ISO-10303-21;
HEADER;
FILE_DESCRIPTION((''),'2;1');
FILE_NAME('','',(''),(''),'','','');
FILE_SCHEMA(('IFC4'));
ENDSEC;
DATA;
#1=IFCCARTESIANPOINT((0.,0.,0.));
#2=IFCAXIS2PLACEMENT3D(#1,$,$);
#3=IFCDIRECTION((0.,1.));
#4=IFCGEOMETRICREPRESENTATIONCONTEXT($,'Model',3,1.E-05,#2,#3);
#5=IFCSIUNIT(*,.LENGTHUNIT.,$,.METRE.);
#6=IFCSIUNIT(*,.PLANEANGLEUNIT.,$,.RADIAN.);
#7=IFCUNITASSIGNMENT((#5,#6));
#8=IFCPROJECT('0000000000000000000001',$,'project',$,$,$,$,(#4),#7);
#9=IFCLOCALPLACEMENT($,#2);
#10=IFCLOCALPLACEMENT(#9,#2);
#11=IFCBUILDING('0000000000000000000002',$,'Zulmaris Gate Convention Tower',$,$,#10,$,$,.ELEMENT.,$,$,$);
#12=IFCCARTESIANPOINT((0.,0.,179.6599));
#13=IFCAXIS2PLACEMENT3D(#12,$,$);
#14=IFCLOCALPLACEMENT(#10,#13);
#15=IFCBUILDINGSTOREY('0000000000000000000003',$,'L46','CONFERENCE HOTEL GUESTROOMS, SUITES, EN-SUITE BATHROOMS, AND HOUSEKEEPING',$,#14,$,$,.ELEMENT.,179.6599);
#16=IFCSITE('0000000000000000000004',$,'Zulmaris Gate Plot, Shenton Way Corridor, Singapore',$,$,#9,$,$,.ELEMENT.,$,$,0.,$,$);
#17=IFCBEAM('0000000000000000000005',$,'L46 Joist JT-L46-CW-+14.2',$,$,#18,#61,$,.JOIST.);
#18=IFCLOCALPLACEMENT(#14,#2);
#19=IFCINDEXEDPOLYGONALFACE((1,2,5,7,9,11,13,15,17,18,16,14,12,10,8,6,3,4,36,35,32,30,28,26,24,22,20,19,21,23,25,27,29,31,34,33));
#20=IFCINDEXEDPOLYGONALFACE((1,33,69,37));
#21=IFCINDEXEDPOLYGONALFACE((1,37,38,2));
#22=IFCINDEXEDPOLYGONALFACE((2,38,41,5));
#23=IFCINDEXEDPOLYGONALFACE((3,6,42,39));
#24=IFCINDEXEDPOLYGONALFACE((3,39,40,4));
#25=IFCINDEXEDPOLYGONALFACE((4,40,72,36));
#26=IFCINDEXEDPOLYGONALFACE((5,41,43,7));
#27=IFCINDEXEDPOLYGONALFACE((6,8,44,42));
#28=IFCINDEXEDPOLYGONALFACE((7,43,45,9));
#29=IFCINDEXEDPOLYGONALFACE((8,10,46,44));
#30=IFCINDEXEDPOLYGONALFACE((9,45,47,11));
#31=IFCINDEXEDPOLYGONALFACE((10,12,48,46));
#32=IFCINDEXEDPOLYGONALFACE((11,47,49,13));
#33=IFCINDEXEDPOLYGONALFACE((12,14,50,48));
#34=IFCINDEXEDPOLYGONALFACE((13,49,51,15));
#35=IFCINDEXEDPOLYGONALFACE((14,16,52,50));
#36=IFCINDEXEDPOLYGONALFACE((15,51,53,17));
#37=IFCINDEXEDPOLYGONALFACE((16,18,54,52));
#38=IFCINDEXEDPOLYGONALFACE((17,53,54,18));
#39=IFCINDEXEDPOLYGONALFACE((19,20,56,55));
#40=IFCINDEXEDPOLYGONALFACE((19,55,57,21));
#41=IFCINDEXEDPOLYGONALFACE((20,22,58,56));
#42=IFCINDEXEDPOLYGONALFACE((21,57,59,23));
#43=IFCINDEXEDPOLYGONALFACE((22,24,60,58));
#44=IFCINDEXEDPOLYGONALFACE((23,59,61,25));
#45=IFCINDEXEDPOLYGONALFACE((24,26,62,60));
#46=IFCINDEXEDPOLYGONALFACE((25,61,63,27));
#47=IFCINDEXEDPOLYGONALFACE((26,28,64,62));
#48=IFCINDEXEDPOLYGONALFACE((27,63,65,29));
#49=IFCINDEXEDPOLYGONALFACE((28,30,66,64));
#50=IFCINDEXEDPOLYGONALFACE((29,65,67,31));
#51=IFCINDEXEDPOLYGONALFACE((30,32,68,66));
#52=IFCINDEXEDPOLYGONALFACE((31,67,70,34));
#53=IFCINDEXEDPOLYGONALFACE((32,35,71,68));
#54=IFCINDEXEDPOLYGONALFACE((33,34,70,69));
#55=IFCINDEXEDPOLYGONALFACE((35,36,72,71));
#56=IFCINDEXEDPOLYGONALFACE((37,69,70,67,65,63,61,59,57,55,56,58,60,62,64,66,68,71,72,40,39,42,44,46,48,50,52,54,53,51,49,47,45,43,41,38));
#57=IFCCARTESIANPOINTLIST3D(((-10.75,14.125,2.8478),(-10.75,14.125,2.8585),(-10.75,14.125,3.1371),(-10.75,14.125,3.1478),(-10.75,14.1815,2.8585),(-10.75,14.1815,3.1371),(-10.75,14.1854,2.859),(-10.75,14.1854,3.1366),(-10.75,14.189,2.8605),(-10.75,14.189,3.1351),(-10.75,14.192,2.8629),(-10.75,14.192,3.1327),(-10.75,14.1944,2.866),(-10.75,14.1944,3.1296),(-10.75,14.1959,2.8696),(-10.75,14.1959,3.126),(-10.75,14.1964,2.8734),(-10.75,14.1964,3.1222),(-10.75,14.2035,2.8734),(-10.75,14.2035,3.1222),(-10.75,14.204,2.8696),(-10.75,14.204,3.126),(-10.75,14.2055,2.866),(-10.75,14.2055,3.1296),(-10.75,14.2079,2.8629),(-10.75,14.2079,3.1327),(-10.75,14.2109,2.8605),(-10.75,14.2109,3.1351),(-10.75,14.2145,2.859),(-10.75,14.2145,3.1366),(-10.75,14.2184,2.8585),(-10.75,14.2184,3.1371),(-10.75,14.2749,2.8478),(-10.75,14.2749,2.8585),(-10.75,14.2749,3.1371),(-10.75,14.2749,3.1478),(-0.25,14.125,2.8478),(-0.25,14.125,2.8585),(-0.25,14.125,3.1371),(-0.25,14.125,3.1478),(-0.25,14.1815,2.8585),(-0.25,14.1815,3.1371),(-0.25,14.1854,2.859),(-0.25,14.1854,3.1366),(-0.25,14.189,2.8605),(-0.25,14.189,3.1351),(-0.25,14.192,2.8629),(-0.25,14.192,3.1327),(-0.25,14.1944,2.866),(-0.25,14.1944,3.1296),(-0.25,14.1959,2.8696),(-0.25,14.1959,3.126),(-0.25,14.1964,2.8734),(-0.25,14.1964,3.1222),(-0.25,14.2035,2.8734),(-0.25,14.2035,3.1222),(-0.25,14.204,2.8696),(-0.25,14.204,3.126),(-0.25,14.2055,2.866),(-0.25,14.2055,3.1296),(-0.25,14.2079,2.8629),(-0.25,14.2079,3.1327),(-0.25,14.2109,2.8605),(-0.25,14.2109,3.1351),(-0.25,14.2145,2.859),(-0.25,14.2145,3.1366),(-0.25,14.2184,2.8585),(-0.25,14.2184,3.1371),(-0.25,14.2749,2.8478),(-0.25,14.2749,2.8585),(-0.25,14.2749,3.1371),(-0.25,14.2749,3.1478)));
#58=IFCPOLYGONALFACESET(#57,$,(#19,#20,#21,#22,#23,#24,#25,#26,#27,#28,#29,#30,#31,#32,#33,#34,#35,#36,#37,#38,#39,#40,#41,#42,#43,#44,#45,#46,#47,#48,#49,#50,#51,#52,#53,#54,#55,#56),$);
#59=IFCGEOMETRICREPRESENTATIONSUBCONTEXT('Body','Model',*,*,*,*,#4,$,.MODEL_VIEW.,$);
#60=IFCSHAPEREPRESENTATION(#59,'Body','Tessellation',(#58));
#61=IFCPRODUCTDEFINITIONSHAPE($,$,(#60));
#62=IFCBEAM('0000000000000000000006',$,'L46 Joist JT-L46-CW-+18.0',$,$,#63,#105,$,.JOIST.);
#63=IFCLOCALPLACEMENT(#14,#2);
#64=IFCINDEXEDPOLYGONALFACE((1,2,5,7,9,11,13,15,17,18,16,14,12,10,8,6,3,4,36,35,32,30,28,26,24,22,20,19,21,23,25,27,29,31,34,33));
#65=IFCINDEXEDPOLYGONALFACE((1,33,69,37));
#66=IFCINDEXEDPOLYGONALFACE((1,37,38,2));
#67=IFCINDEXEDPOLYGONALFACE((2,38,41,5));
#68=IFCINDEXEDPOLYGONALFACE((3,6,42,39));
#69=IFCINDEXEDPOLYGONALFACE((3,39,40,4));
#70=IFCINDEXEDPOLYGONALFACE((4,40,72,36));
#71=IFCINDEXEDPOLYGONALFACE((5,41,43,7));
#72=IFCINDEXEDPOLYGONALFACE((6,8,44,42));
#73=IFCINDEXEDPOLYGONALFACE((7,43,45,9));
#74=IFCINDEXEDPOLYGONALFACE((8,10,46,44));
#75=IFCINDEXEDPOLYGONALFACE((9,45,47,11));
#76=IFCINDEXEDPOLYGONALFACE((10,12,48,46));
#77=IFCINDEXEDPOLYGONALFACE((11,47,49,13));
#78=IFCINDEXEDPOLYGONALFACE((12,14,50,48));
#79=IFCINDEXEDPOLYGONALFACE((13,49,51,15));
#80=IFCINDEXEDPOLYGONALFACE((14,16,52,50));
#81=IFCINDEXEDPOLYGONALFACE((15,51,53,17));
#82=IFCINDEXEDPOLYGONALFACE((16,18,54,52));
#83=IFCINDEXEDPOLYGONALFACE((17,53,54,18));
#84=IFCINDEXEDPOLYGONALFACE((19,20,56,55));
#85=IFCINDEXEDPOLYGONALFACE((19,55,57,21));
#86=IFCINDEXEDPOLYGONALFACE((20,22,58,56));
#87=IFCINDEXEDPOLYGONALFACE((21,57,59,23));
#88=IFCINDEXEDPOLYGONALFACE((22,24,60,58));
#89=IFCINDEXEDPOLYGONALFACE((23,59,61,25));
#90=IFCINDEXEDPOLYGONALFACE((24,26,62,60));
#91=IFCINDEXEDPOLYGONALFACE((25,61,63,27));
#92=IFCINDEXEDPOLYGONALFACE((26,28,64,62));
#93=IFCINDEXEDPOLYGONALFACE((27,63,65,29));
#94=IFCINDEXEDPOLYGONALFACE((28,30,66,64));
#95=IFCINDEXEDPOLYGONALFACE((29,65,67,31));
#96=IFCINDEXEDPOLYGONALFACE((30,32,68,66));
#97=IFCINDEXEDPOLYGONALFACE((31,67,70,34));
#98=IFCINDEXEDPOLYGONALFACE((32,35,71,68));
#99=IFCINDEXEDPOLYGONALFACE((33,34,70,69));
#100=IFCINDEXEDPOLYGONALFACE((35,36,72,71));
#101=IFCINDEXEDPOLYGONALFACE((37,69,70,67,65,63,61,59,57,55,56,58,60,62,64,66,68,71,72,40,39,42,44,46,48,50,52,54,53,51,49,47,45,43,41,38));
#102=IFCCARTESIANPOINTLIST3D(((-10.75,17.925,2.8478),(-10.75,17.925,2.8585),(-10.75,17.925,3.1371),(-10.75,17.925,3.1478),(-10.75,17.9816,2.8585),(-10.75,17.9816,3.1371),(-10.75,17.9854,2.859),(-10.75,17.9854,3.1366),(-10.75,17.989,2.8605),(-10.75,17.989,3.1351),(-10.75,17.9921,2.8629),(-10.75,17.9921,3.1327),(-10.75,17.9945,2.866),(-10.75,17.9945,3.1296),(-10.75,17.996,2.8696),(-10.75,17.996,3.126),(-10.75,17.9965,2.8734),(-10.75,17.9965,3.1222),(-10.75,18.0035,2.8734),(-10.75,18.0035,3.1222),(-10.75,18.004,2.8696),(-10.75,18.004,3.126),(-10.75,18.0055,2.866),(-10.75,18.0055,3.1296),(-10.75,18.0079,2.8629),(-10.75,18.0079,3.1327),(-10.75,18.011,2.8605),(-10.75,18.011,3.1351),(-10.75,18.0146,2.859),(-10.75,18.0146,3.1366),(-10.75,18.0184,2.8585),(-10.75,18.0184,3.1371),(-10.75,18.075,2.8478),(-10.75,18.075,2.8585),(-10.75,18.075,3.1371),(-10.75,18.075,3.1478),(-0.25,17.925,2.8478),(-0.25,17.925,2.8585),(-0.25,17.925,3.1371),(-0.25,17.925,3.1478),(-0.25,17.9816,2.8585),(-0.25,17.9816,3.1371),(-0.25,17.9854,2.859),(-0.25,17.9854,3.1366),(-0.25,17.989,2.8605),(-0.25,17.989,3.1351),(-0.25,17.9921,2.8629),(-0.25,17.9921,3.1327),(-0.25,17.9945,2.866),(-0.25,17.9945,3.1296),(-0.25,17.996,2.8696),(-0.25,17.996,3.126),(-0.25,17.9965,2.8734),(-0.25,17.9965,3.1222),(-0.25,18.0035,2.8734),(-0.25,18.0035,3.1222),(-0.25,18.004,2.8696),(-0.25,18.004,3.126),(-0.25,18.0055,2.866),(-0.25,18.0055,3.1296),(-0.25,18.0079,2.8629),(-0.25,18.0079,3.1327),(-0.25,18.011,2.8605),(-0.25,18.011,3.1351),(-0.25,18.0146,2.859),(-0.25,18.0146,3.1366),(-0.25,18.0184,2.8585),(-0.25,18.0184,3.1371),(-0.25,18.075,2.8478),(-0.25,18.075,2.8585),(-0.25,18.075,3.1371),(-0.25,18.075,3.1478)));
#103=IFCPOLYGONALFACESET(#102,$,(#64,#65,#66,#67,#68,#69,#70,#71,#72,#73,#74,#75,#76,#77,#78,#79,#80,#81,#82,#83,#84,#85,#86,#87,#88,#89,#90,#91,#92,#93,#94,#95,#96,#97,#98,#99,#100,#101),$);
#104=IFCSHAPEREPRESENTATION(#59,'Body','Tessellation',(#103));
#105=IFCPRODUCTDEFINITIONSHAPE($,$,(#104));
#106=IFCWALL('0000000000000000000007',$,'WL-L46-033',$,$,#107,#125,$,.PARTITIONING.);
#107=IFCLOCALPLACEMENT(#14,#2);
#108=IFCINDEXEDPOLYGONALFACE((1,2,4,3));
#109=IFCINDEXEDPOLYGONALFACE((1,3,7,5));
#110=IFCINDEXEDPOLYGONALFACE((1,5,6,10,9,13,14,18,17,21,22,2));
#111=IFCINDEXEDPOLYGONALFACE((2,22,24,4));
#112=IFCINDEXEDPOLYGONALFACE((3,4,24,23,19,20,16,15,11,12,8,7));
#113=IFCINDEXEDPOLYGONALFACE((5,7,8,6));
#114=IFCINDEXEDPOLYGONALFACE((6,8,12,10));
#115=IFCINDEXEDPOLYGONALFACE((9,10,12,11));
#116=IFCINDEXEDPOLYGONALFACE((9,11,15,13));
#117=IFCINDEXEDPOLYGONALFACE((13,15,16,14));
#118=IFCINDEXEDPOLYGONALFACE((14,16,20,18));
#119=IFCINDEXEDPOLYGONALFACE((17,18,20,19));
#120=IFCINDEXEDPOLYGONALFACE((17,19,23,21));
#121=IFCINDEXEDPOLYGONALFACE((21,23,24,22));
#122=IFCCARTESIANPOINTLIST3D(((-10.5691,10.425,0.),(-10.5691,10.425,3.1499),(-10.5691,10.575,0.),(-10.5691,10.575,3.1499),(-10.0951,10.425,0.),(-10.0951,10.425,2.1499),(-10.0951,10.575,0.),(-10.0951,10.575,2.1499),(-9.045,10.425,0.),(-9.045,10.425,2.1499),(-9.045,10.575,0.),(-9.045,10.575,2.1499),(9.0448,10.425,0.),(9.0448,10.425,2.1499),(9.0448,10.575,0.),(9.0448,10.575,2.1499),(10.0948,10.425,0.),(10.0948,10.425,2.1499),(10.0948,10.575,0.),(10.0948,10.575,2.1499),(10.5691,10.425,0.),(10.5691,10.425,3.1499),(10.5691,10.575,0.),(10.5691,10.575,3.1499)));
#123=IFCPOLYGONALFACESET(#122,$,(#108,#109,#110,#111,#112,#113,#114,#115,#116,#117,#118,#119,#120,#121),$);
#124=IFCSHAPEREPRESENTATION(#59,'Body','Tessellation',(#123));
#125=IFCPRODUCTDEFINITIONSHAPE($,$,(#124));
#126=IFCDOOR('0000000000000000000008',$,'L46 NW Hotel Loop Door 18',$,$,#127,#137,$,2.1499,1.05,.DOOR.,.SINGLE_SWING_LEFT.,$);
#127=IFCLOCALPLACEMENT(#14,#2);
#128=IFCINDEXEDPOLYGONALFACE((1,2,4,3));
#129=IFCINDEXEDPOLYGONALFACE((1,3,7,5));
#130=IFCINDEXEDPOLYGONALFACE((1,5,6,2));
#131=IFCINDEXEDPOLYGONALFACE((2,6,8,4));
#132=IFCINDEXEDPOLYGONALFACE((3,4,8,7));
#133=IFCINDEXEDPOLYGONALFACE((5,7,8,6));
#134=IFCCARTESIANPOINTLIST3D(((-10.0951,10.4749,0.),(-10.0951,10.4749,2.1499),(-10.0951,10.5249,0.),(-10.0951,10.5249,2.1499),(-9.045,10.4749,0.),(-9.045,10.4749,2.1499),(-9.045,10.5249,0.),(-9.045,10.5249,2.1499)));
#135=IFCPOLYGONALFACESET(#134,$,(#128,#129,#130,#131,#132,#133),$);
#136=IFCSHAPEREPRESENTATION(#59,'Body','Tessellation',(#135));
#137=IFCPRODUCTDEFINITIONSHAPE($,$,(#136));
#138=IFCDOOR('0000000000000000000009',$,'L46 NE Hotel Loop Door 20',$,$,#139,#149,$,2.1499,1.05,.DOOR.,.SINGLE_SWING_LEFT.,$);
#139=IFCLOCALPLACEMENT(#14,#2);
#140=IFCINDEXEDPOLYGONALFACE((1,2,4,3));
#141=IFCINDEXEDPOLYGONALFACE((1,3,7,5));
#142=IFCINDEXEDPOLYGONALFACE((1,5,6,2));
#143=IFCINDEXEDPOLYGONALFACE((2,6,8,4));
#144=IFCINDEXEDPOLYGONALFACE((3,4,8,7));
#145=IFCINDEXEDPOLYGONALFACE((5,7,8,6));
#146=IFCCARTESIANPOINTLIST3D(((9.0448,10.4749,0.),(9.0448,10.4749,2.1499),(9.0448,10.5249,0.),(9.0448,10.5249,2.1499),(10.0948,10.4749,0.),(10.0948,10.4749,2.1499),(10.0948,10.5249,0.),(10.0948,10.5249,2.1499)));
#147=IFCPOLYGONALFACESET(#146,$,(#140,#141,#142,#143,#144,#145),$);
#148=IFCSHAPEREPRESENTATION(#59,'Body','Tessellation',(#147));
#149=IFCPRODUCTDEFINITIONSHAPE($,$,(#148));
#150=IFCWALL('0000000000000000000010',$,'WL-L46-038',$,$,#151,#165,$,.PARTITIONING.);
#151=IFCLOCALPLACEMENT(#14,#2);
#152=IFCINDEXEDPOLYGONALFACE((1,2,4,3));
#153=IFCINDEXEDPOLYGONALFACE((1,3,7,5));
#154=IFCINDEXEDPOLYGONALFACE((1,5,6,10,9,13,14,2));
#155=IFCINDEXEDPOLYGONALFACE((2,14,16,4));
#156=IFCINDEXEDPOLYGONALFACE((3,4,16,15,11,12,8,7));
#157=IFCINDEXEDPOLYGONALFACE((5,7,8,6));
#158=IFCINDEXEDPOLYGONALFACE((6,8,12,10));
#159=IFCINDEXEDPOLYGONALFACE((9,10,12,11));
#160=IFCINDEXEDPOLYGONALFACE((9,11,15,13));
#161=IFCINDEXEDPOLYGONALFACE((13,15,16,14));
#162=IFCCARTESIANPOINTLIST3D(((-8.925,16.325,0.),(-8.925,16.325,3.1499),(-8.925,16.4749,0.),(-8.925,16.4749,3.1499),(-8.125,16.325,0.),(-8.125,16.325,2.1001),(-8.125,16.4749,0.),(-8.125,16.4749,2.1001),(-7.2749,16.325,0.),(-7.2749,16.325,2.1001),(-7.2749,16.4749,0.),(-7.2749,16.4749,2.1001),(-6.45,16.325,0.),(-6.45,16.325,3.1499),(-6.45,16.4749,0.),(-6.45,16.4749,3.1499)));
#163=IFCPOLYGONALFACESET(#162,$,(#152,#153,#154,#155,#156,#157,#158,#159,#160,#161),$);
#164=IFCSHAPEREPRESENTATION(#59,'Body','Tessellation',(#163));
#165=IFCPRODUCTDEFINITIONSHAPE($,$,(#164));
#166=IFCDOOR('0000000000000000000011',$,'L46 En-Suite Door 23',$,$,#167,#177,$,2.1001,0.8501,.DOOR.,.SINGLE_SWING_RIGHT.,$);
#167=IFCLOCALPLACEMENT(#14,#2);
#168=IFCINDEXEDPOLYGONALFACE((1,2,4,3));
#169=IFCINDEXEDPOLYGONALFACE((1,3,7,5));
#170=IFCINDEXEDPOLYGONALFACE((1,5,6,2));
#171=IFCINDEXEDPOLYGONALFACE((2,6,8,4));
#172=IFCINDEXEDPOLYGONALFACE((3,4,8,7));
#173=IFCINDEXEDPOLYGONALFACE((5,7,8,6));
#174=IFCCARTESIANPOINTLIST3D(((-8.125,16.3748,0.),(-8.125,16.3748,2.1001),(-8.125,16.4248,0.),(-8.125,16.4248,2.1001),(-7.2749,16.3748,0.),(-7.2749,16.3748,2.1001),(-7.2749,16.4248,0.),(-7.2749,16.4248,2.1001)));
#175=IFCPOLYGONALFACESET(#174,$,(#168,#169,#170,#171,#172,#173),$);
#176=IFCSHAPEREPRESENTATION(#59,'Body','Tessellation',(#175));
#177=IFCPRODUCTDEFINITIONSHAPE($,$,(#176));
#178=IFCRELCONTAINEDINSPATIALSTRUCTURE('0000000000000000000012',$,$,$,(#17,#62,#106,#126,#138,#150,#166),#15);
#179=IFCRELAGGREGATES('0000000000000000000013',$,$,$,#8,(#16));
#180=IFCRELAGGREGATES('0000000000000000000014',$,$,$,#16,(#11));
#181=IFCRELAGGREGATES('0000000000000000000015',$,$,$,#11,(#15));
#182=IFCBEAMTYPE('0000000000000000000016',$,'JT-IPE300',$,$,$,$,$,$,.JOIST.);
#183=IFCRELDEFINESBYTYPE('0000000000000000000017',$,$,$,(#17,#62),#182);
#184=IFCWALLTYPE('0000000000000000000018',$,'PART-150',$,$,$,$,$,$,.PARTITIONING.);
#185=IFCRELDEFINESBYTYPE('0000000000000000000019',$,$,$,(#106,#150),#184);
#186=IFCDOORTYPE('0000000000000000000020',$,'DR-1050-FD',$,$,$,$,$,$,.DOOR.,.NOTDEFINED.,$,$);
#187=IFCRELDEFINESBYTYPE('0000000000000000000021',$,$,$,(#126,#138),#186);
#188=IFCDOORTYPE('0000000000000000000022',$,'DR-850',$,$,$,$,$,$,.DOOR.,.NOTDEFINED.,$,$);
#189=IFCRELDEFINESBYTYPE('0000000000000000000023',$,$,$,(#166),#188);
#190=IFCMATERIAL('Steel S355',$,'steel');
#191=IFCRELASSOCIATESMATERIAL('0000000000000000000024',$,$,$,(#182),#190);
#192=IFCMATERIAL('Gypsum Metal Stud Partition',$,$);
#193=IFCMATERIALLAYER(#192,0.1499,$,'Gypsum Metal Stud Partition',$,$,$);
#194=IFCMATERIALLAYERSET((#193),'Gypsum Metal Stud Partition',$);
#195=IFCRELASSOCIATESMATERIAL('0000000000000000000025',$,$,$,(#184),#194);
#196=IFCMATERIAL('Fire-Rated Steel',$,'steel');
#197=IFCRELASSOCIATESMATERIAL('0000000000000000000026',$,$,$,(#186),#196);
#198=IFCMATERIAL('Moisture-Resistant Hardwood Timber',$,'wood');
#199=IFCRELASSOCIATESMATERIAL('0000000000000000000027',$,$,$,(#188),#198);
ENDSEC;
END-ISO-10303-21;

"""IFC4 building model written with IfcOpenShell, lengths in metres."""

from ifc_helpers import new_model, si_unit, direction, frame, frame_2d, origin, origin_2d, place, context, subcontext, project, spatial, rectangle, i_section, extrude, material, layer, layer_set, material_profile, profile_set, type_object, element, fill, save


model = new_model("IFC4")

# Units and contexts
model_context = context("Model", 3, precision=1e-05, world=origin(), true_north=direction((0.0, 1.0)))
body_context = subcontext(model_context, "Body", "Model", "MODEL_VIEW")
ifc_project = project(units=[si_unit("LENGTHUNIT", "METRE"), si_unit("PLANEANGLEUNIT", "RADIAN")], contexts=[model_context])

# Site, building, storey
site_placement = place(None, origin())
site = spatial("IfcSite", under=ifc_project, at=site_placement, Name="Zulmaris Gate Plot, Shenton Way Corridor, Singapore", CompositionType="ELEMENT", RefElevation=0.0)
building_placement = place(site_placement, origin())
building = spatial("IfcBuilding", under=site, at=building_placement, Name="Zulmaris Gate Convention Tower", CompositionType="ELEMENT")
storey_placement = place(building_placement, frame((0.0, 0.0, 179.6599)))
storey = spatial("IfcBuildingStorey", under=building, at=storey_placement, Name="L46", Description="CONFERENCE HOTEL GUESTROOMS, SUITES, EN-SUITE BATHROOMS, AND HOUSEKEEPING", CompositionType="ELEMENT", Elevation=179.6599)

# Beams
ifc_material_1 = material(Name="Steel S355", Category="steel")
ifc_material_profile_1 = material_profile(ifc_material_1, i_section(OverallWidth=0.1499, OverallDepth=0.3, WebThickness=0.0071, FlangeThickness=0.0107, FilletRadius=0.0149, at=origin_2d()), Name="IPE 300")
ifc_profile_set_1 = profile_set([ifc_material_profile_1], Name="Steel S355")
beam_type_1 = type_object("IfcBeamType", Name="JT-IPE300", PredefinedType="JOIST", material=ifc_profile_set_1)
for number, where, z_axis, x_axis, name in (
    (1, (-10.75, 14.2, 2.9978), (1.0, 0.0, 0.0), (0.0, 1.0, 0.0), "L46 Joist JT-L46-CW-+14.2"),
    (2, (-10.75, 18.0, 2.9978), (1.0, 0.0, 0.0), (0.0, 1.0, 0.0), "L46 Joist JT-L46-CW-+18.0"),
):
    element("IfcBeam", number, at=place(storey_placement, frame(where, z_axis=z_axis, x_axis=x_axis)), inside=storey, type_object=beam_type_1, Name=name, PredefinedType="JOIST", context=body_context, shape_type="SweptSolid", body=[
        extrude(i_section(OverallWidth=0.1499, OverallDepth=0.3, WebThickness=0.0071, FlangeThickness=0.0107, FilletRadius=0.0149, at=origin_2d()), origin(), (0.0, 0.0, 1.0), 10.5),
    ])

# Wall, openings, doors
ifc_material_2 = material(Name="Gypsum Metal Stud Partition")
ifc_layer_1 = layer(ifc_material_2, 0.1499, Name="Gypsum Metal Stud Partition")
ifc_layer_set_1 = layer_set([ifc_layer_1], Name="Gypsum Metal Stud Partition")
wall_type_1 = type_object("IfcWallType", Name="PART-150", PredefinedType="PARTITIONING", material=ifc_layer_set_1)
wall_1_placement = place(storey_placement, frame((-10.5691, 10.5, 0.0), z_axis=(0.0, 0.0, 1.0), x_axis=(1.0, 0.0, 0.0)))
wall_1 = element("IfcWall", 3, at=wall_1_placement, inside=storey, type_object=wall_type_1, Name="WL-L46-033", PredefinedType="PARTITIONING", context=body_context, shape_type="SweptSolid", body=[
    extrude(rectangle(XDim=21.1382, YDim=0.1499, at=frame_2d((10.5691, 0.0))), origin(), (0.0, 0.0, 1.0), 3.1499),
])
opening_1_placement = place(wall_1_placement, frame((0.4741, 0.0, 0.0)))
opening_1 = element("IfcOpeningElement", 4, at=opening_1_placement, cuts=wall_1, PredefinedType="OPENING", context=body_context, shape_type="SweptSolid", body=[
    extrude(rectangle(XDim=1.05, YDim=2.1499, at=frame_2d((0.5249, 1.075))), frame((0.0, 0.085, 0.0), z_axis=(0.0, -1.0, 0.0), x_axis=(1.0, 0.0, 0.0)), (0.0, 0.0, 1.0), 0.1699),
])
opening_2_placement = place(wall_1_placement, frame((19.614, 0.0, 0.0)))
opening_2 = element("IfcOpeningElement", 5, at=opening_2_placement, cuts=wall_1, PredefinedType="OPENING", context=body_context, shape_type="SweptSolid", body=[
    extrude(rectangle(XDim=1.05, YDim=2.1499, at=frame_2d((0.5249, 1.075))), frame((0.0, 0.085, 0.0), z_axis=(0.0, -1.0, 0.0), x_axis=(1.0, 0.0, 0.0)), (0.0, 0.0, 1.0), 0.1699),
])
ifc_material_3 = material(Name="Fire-Rated Steel", Category="steel")
door_type_1 = type_object("IfcDoorType", Name="DR-1050-FD", OperationType="NOTDEFINED", PredefinedType="DOOR", material=ifc_material_3)
door_1_placement = place(opening_1_placement, origin())
door_1 = element("IfcDoor", 6, at=door_1_placement, inside=storey, type_object=door_type_1, Name="L46 NW Hotel Loop Door 18", OperationType="SINGLE_SWING_LEFT", OverallHeight=2.1499, OverallWidth=1.05, PredefinedType="DOOR", context=body_context, shape_type="SweptSolid", body=[
    extrude(rectangle(XDim=1.05, YDim=2.1499, at=frame_2d((0.5249, 1.075))), frame((0.0, 0.0249, 0.0), z_axis=(0.0, -1.0, 0.0), x_axis=(1.0, 0.0, 0.0)), (0.0, 0.0, 1.0), 0.05),
])
fill(opening_1, door_1)
door_2_placement = place(opening_2_placement, origin())
door_2 = element("IfcDoor", 7, at=door_2_placement, inside=storey, type_object=door_type_1, Name="L46 NE Hotel Loop Door 20", OperationType="SINGLE_SWING_LEFT", OverallHeight=2.1499, OverallWidth=1.05, PredefinedType="DOOR", context=body_context, shape_type="SweptSolid", body=[
    extrude(rectangle(XDim=1.05, YDim=2.1499, at=frame_2d((0.5249, 1.075))), frame((0.0, 0.0249, 0.0), z_axis=(0.0, -1.0, 0.0), x_axis=(1.0, 0.0, 0.0)), (0.0, 0.0, 1.0), 0.05),
])
fill(opening_2, door_2)

# Wall, opening, door
wall_2_placement = place(storey_placement, frame((-8.925, 16.3999, 0.0), z_axis=(0.0, 0.0, 1.0), x_axis=(1.0, 0.0, 0.0)))
wall_2 = element("IfcWall", 8, at=wall_2_placement, inside=storey, type_object=wall_type_1, Name="WL-L46-038", PredefinedType="PARTITIONING", context=body_context, shape_type="SweptSolid", body=[
    extrude(rectangle(XDim=2.4751, YDim=0.1499, at=frame_2d((1.2375, 0.0))), origin(), (0.0, 0.0, 1.0), 3.1499),
])
opening_3_placement = place(wall_2_placement, frame((0.8, 0.0, 0.0)))
opening_3 = element("IfcOpeningElement", 9, at=opening_3_placement, cuts=wall_2, PredefinedType="OPENING", context=body_context, shape_type="SweptSolid", body=[
    extrude(rectangle(XDim=0.8501, YDim=2.1001, at=frame_2d((0.425, 1.05))), frame((0.0, 0.085, 0.0), z_axis=(0.0, -1.0, 0.0), x_axis=(1.0, 0.0, 0.0)), (0.0, 0.0, 1.0), 0.1699),
])
ifc_material_4 = material(Name="Moisture-Resistant Hardwood Timber", Category="wood")
door_type_2 = type_object("IfcDoorType", Name="DR-850", OperationType="NOTDEFINED", PredefinedType="DOOR", material=ifc_material_4)
door_3_placement = place(opening_3_placement, origin())
door_3 = element("IfcDoor", 10, at=door_3_placement, inside=storey, type_object=door_type_2, Name="L46 En-Suite Door 23", OperationType="SINGLE_SWING_RIGHT", OverallHeight=2.1001, OverallWidth=0.8501, PredefinedType="DOOR", context=body_context, shape_type="SweptSolid", body=[
    extrude(rectangle(XDim=0.8501, YDim=2.1001, at=frame_2d((0.425, 1.05))), frame((0.0, 0.0249, 0.0), z_axis=(0.0, -1.0, 0.0), x_axis=(1.0, 0.0, 0.0)), (0.0, 0.0, 1.0), 0.05),
])
fill(opening_3, door_3)

save(model, "model.ifc")
